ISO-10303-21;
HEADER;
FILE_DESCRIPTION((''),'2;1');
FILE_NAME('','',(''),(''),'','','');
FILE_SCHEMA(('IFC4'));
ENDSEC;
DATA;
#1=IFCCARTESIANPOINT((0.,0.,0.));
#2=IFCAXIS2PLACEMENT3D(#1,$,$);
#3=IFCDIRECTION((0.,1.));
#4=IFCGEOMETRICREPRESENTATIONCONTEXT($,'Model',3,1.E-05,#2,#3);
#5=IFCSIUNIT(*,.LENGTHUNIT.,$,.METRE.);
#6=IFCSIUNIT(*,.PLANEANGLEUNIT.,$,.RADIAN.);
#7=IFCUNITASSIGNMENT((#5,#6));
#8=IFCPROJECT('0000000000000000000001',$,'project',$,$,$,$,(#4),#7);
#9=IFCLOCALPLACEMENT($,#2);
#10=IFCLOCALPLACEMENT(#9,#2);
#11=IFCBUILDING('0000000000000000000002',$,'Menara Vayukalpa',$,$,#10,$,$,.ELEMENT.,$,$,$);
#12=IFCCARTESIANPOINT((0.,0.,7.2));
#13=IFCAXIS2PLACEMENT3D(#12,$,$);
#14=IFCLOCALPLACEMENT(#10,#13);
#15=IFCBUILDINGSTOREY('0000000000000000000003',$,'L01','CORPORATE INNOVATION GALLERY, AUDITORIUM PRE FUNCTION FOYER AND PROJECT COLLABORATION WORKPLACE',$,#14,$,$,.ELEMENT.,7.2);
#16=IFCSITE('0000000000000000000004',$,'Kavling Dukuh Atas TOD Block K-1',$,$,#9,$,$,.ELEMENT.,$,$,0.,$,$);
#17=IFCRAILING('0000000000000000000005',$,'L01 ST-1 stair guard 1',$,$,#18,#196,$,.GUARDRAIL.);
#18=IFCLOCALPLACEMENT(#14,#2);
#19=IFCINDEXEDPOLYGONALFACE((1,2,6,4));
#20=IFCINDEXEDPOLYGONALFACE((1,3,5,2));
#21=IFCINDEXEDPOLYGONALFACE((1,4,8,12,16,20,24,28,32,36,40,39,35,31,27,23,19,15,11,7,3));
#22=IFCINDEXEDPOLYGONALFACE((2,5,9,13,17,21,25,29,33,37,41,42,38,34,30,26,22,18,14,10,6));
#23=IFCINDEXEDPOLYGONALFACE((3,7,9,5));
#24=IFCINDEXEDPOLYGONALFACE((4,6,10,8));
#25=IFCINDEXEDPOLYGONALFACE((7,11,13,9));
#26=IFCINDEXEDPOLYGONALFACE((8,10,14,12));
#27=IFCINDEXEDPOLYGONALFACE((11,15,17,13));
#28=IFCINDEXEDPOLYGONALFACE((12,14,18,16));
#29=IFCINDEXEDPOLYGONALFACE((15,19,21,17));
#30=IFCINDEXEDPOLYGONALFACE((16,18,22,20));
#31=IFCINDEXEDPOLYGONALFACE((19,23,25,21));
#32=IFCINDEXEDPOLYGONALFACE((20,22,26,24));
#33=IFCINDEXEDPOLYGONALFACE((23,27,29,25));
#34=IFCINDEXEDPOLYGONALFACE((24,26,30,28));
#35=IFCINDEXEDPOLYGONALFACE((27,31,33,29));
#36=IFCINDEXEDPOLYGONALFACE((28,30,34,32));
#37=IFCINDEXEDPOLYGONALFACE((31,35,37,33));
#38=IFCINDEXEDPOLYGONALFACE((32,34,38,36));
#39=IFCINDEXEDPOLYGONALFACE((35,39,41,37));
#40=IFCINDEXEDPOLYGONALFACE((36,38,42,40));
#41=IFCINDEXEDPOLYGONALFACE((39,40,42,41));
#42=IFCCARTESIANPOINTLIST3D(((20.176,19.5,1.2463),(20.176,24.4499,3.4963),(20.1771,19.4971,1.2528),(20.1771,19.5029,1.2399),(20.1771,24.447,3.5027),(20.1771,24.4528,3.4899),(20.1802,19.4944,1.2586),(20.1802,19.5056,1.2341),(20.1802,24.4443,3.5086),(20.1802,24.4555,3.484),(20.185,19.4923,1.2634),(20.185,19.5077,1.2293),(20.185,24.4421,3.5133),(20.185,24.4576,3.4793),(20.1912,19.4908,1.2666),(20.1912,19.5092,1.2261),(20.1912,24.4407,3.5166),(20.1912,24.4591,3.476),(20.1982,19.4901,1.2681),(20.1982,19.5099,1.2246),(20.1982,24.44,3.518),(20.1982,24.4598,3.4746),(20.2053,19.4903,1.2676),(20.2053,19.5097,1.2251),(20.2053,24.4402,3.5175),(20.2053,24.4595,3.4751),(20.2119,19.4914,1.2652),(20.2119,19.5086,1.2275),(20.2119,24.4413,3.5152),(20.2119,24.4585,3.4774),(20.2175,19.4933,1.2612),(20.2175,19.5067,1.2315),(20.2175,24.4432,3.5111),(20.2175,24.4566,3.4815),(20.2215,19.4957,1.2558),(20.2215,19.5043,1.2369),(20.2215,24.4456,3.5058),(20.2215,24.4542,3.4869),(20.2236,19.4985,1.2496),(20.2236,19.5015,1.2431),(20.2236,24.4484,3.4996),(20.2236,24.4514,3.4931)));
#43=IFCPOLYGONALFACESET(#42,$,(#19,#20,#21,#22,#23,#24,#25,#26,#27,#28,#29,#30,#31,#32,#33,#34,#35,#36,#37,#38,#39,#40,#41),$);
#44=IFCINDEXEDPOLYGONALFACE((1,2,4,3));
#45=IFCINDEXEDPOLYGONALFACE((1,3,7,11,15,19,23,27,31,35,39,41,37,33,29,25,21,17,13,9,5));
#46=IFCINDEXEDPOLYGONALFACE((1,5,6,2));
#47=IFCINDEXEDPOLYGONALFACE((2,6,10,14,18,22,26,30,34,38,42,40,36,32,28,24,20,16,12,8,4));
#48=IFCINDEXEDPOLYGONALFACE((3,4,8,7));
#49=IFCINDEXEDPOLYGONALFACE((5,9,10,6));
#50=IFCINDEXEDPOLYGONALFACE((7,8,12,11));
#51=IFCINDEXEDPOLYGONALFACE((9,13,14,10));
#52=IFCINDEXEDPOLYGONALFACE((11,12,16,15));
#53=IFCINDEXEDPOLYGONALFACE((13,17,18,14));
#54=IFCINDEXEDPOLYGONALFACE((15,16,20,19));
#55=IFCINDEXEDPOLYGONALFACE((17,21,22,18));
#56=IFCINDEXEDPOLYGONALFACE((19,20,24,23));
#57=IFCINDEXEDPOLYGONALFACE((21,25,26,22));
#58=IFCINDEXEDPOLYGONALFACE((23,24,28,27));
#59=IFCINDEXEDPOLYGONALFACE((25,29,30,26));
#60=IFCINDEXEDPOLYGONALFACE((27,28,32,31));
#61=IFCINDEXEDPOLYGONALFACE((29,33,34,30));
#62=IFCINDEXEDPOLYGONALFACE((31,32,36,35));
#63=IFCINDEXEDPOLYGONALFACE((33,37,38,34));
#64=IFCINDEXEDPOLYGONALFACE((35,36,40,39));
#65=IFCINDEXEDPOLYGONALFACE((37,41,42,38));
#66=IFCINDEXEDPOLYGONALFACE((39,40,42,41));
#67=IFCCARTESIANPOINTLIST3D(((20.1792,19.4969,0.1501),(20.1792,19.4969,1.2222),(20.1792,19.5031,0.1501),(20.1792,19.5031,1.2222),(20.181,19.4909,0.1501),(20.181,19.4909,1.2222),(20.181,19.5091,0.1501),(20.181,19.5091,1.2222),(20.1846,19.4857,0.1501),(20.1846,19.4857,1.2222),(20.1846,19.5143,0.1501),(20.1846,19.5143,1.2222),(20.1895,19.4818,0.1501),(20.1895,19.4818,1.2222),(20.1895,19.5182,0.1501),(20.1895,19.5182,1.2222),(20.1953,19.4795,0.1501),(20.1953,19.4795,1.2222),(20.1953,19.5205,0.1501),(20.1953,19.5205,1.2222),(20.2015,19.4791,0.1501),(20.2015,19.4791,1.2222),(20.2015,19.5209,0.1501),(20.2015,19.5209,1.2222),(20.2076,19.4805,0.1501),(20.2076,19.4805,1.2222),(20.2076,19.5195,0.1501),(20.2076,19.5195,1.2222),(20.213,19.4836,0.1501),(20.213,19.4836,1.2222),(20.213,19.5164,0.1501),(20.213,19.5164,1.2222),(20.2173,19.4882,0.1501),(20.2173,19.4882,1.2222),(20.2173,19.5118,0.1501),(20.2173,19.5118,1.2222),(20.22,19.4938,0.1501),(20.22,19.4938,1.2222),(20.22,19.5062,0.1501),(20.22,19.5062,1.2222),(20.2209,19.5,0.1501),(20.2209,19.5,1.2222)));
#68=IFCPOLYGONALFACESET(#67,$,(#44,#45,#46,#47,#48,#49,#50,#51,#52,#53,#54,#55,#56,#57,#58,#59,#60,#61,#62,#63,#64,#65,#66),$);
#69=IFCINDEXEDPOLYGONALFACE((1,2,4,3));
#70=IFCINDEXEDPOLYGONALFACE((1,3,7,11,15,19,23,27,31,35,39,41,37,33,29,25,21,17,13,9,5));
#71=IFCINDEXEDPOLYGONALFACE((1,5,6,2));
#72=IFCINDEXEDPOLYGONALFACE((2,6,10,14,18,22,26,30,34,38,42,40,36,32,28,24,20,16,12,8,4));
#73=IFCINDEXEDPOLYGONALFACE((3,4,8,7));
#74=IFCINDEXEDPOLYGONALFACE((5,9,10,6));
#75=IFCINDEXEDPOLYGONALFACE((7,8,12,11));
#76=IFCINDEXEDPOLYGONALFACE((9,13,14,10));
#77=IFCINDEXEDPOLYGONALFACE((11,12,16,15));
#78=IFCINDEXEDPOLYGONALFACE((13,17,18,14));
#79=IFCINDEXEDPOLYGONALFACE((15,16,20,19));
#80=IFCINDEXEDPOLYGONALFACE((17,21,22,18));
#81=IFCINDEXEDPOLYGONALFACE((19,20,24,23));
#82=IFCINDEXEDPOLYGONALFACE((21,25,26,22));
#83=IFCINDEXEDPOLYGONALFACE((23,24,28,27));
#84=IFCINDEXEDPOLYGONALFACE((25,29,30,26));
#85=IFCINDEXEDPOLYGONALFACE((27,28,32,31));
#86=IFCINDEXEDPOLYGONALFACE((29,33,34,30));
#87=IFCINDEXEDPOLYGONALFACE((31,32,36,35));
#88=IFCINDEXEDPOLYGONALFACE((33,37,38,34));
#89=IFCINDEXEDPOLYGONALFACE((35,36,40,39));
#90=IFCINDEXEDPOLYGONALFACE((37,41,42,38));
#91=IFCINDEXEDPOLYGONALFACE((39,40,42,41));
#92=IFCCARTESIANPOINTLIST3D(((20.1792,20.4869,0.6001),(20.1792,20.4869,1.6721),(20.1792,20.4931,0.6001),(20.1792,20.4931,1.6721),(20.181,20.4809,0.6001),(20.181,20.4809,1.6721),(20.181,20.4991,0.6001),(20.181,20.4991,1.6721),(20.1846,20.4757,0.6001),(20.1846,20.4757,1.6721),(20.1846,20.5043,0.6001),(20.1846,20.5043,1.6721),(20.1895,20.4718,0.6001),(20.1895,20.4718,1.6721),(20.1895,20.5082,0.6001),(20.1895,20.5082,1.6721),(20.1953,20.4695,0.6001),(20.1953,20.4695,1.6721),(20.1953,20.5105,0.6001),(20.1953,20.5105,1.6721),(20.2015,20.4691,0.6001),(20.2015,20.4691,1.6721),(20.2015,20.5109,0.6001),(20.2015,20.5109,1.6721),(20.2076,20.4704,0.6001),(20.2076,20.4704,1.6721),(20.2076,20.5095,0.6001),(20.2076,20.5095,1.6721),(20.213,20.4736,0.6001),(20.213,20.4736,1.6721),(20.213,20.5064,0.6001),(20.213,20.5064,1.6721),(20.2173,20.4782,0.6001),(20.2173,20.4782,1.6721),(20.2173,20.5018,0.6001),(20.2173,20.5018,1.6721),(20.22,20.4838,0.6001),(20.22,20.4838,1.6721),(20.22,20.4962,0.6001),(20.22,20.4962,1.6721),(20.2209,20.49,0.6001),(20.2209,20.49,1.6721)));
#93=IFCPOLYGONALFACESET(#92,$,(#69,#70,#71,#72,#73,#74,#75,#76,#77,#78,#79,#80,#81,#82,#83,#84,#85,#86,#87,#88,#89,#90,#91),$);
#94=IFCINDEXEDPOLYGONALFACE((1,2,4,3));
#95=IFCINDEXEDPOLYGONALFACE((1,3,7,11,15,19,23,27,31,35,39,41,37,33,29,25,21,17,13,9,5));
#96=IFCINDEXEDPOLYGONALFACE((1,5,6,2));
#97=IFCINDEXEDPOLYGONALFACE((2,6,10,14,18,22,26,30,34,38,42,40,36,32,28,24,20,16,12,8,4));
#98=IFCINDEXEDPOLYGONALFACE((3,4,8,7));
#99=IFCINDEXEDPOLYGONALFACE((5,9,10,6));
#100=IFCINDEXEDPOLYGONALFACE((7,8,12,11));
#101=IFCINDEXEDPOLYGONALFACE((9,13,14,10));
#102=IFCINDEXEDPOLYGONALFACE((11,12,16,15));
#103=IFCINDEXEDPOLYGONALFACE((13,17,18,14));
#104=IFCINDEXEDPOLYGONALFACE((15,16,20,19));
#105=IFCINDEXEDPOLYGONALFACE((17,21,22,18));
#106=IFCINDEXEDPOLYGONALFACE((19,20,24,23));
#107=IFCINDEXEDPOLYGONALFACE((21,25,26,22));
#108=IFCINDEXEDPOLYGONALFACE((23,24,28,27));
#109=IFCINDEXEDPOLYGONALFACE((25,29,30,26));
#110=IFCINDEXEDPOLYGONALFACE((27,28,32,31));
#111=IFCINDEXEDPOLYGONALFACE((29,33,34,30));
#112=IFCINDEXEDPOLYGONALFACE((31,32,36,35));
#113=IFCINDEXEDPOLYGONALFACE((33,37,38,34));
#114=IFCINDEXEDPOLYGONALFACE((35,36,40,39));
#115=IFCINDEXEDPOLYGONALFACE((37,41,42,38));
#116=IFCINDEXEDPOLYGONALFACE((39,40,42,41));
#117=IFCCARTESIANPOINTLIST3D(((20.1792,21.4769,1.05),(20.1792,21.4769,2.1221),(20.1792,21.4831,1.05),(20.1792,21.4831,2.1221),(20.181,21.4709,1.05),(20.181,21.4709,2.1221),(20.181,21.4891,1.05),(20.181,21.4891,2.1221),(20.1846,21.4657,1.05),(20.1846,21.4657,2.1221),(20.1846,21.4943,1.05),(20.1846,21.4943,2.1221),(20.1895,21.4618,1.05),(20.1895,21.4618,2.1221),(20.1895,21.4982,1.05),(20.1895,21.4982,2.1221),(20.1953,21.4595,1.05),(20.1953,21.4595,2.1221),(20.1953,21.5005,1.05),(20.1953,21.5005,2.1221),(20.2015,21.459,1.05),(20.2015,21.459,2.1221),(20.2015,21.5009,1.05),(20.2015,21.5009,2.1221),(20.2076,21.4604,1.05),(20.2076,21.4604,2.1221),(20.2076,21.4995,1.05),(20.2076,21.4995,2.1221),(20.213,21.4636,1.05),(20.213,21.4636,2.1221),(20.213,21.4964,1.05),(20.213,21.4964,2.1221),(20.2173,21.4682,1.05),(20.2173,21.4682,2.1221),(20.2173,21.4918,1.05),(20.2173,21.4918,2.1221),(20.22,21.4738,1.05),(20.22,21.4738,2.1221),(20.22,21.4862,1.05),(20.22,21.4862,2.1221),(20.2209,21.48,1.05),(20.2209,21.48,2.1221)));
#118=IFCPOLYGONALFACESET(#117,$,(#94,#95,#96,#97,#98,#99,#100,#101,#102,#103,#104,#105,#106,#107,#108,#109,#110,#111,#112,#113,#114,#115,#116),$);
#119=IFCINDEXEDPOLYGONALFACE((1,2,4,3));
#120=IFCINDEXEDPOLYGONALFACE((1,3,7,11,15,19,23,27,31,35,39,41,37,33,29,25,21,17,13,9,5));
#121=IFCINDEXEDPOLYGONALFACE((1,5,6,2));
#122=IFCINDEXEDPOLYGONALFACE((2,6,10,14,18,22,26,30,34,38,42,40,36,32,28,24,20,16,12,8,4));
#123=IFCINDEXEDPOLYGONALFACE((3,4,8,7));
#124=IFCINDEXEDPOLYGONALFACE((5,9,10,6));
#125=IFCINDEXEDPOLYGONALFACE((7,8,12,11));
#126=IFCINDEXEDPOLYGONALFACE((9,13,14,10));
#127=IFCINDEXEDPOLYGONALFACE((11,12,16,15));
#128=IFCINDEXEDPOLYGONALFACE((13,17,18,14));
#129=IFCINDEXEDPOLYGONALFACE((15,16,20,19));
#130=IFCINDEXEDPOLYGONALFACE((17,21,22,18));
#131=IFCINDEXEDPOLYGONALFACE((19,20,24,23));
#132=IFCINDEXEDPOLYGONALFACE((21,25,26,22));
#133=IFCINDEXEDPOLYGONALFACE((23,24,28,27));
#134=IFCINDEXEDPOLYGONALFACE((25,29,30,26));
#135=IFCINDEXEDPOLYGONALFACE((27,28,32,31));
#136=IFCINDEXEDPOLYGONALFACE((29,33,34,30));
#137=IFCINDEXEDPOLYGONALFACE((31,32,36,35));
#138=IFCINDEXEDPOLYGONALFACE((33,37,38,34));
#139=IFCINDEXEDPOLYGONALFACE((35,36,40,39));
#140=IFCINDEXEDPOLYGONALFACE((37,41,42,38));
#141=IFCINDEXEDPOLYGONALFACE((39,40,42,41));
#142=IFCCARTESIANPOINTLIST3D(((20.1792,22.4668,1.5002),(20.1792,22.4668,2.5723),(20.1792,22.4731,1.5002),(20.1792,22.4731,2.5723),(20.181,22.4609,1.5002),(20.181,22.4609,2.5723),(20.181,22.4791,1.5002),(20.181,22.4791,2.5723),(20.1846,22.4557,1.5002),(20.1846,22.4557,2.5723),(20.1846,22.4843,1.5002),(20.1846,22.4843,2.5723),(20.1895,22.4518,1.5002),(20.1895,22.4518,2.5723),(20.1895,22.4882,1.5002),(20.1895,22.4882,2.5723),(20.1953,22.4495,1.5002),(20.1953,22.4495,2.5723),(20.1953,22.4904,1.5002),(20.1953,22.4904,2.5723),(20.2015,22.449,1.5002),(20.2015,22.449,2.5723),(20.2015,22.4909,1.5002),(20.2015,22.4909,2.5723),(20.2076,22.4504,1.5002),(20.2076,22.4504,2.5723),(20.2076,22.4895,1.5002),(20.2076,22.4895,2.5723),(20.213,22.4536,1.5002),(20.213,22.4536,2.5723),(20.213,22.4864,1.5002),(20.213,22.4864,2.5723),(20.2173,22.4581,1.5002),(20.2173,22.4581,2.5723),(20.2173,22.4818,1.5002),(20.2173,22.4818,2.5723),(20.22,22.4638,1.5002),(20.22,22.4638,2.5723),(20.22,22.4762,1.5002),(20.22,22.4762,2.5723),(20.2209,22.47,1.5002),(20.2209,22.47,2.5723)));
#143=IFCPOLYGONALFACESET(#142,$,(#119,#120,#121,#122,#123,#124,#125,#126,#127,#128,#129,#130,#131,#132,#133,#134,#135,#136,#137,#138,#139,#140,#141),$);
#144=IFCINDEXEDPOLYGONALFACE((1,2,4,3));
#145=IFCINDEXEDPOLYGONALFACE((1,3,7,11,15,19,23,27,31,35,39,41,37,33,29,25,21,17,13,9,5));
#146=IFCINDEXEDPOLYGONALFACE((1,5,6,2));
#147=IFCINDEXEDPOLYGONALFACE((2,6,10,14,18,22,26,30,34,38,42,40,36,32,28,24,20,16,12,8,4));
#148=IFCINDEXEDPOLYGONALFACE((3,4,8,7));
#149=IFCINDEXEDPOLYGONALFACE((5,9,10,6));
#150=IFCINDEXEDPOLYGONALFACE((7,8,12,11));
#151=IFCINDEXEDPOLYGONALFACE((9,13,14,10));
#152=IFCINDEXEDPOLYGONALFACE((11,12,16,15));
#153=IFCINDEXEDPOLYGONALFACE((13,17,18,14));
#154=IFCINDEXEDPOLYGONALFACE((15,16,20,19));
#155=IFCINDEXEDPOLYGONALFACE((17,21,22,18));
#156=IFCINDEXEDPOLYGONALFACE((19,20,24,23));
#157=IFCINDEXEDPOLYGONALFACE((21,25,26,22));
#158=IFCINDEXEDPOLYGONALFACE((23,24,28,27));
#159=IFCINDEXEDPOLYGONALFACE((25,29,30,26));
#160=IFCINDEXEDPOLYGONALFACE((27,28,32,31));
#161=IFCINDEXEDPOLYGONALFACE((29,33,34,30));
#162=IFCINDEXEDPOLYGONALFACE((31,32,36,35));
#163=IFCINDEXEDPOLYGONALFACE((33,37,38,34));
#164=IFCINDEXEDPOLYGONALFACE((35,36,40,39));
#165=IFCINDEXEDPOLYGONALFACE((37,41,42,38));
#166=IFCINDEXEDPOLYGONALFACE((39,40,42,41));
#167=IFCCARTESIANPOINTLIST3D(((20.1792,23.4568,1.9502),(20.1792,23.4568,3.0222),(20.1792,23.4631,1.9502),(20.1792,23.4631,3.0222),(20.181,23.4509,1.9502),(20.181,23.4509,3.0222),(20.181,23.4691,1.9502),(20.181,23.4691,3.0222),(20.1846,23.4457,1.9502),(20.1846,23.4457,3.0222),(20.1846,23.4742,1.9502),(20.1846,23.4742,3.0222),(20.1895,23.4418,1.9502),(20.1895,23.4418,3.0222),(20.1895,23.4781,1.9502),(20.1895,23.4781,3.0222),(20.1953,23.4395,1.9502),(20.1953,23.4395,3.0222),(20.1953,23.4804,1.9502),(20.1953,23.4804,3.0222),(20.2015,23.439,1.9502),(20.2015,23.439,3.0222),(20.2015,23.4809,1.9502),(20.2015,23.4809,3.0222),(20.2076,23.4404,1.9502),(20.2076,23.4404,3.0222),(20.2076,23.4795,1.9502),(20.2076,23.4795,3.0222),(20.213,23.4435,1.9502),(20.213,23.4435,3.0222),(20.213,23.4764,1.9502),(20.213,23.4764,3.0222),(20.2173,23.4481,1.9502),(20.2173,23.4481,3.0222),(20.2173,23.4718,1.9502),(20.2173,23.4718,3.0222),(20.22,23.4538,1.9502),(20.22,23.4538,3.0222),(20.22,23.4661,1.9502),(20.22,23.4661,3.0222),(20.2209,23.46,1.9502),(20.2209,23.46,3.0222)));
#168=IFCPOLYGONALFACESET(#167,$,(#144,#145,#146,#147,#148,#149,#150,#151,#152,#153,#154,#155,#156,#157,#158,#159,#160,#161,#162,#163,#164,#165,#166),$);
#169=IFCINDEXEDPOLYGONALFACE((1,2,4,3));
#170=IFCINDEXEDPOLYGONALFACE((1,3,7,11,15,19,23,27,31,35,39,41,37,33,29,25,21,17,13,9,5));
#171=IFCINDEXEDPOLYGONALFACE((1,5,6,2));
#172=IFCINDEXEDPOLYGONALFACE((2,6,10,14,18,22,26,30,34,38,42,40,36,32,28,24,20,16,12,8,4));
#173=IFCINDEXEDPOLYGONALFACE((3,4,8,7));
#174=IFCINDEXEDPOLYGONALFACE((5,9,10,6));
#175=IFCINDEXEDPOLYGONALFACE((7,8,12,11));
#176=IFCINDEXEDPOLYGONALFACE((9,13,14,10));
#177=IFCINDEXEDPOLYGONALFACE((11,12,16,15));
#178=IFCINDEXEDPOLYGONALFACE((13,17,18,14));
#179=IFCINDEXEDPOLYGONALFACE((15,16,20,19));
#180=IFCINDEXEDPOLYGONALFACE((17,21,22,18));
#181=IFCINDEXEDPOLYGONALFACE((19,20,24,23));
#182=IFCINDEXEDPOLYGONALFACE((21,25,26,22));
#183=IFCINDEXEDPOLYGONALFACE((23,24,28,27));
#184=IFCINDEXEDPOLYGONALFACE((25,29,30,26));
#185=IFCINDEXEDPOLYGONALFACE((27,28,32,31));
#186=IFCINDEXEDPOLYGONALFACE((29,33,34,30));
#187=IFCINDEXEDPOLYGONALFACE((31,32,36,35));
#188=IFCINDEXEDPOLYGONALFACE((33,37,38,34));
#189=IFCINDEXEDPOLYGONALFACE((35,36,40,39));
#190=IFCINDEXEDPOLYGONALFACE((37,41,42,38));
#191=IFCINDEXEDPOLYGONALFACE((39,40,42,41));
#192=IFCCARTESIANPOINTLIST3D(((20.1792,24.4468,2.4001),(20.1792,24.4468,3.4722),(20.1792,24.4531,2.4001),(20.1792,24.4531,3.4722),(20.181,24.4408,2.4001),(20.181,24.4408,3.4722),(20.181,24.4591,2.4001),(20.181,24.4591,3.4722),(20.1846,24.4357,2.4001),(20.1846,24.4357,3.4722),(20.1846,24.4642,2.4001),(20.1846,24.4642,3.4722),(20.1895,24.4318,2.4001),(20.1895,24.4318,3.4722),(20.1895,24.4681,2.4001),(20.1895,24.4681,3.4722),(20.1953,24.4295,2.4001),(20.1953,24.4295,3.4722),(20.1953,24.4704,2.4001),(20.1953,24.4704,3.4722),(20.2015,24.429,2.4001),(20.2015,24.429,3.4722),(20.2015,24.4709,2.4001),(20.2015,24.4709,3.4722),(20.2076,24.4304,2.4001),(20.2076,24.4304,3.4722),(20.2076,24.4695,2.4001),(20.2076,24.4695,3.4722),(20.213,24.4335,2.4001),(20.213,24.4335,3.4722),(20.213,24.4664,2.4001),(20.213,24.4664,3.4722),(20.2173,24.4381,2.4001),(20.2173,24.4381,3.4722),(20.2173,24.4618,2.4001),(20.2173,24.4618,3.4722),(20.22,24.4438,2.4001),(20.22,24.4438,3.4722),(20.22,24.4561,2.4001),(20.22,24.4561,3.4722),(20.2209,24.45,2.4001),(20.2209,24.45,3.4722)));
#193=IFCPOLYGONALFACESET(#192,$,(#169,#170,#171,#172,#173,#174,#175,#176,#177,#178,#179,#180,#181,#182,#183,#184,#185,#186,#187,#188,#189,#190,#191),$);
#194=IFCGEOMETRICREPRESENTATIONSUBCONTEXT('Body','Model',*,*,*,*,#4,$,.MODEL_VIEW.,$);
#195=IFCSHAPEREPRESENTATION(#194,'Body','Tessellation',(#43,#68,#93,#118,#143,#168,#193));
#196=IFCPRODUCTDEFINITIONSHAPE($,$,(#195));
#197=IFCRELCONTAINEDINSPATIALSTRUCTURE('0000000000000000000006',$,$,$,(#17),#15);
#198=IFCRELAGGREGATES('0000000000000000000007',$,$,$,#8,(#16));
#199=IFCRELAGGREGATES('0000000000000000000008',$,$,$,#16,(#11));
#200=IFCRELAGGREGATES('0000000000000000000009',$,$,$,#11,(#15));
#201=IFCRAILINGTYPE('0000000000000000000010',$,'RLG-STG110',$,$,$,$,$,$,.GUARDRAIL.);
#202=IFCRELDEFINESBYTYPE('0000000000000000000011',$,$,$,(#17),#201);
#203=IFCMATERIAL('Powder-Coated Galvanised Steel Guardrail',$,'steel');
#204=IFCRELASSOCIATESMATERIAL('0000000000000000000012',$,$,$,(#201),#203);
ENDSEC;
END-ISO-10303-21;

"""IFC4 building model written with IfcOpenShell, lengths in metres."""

from ifc_helpers import new_model, si_unit, direction, frame, origin, origin_2d, place, context, subcontext, project, spatial, circle, extrude, material, type_object, element, save


model = new_model("IFC4")

# Units and contexts
model_context = context("Model", 3, precision=1e-05, world=origin(), true_north=direction((0.0, 1.0)))
body_context = subcontext(model_context, "Body", "Model", "MODEL_VIEW")
ifc_project = project(units=[si_unit("LENGTHUNIT", "METRE"), si_unit("PLANEANGLEUNIT", "RADIAN")], contexts=[model_context])

# Site, building, storey
site_placement = place(None, origin())
site = spatial("IfcSite", under=ifc_project, at=site_placement, Name="Kavling Dukuh Atas TOD Block K-1", CompositionType="ELEMENT", RefElevation=0.0)
building_placement = place(site_placement, origin())
building = spatial("IfcBuilding", under=site, at=building_placement, Name="Menara Vayukalpa", CompositionType="ELEMENT")
storey_placement = place(building_placement, frame((0.0, 0.0, 7.2)))
storey = spatial("IfcBuildingStorey", under=building, at=storey_placement, Name="L01", Description="CORPORATE INNOVATION GALLERY, AUDITORIUM PRE FUNCTION FOYER AND PROJECT COLLABORATION WORKPLACE", CompositionType="ELEMENT", Elevation=7.2)

# Railing
ifc_material_1 = material(Name="Powder-Coated Galvanised Steel Guardrail", Category="steel")
railing_type_1 = type_object("IfcRailingType", Name="RLG-STG110", PredefinedType="GUARDRAIL", material=ifc_material_1)
railing_1_placement = place(storey_placement, frame((20.2, 19.5, 0.1501)))
element("IfcRailing", 1, at=railing_1_placement, inside=storey, type_object=railing_type_1, Name="L01 ST-1 stair guard 1", PredefinedType="GUARDRAIL", context=body_context, shape_type="SweptSolid", body=[
    extrude(circle(Radius=0.0239, at=origin_2d()), frame((0.0, 0.0, 1.0962), z_axis=(0.0, 0.910365, 0.413806), x_axis=(-1.0, 0.0, 0.0)), (0.0, 0.0, 1.0), 5.4373),
    extrude(circle(Radius=0.021, at=origin_2d()), origin(), (0.0, 0.0, 1.0), 1.072),
    extrude(circle(Radius=0.021, at=origin_2d()), frame((0.0, 0.99, 0.45)), (0.0, 0.0, 1.0), 1.072),
    extrude(circle(Radius=0.021, at=origin_2d()), frame((0.0, 1.98, 0.8999)), (0.0, 0.0, 1.0), 1.072),
    extrude(circle(Radius=0.021, at=origin_2d()), frame((0.0, 2.97, 1.3501)), (0.0, 0.0, 1.0), 1.072),
    extrude(circle(Radius=0.021, at=origin_2d()), frame((0.0, 3.96, 1.8)), (0.0, 0.0, 1.0), 1.072),
    extrude(circle(Radius=0.021, at=origin_2d()), frame((0.0, 4.95, 2.25)), (0.0, 0.0, 1.0), 1.072),
])

save(model, "model.ifc")
